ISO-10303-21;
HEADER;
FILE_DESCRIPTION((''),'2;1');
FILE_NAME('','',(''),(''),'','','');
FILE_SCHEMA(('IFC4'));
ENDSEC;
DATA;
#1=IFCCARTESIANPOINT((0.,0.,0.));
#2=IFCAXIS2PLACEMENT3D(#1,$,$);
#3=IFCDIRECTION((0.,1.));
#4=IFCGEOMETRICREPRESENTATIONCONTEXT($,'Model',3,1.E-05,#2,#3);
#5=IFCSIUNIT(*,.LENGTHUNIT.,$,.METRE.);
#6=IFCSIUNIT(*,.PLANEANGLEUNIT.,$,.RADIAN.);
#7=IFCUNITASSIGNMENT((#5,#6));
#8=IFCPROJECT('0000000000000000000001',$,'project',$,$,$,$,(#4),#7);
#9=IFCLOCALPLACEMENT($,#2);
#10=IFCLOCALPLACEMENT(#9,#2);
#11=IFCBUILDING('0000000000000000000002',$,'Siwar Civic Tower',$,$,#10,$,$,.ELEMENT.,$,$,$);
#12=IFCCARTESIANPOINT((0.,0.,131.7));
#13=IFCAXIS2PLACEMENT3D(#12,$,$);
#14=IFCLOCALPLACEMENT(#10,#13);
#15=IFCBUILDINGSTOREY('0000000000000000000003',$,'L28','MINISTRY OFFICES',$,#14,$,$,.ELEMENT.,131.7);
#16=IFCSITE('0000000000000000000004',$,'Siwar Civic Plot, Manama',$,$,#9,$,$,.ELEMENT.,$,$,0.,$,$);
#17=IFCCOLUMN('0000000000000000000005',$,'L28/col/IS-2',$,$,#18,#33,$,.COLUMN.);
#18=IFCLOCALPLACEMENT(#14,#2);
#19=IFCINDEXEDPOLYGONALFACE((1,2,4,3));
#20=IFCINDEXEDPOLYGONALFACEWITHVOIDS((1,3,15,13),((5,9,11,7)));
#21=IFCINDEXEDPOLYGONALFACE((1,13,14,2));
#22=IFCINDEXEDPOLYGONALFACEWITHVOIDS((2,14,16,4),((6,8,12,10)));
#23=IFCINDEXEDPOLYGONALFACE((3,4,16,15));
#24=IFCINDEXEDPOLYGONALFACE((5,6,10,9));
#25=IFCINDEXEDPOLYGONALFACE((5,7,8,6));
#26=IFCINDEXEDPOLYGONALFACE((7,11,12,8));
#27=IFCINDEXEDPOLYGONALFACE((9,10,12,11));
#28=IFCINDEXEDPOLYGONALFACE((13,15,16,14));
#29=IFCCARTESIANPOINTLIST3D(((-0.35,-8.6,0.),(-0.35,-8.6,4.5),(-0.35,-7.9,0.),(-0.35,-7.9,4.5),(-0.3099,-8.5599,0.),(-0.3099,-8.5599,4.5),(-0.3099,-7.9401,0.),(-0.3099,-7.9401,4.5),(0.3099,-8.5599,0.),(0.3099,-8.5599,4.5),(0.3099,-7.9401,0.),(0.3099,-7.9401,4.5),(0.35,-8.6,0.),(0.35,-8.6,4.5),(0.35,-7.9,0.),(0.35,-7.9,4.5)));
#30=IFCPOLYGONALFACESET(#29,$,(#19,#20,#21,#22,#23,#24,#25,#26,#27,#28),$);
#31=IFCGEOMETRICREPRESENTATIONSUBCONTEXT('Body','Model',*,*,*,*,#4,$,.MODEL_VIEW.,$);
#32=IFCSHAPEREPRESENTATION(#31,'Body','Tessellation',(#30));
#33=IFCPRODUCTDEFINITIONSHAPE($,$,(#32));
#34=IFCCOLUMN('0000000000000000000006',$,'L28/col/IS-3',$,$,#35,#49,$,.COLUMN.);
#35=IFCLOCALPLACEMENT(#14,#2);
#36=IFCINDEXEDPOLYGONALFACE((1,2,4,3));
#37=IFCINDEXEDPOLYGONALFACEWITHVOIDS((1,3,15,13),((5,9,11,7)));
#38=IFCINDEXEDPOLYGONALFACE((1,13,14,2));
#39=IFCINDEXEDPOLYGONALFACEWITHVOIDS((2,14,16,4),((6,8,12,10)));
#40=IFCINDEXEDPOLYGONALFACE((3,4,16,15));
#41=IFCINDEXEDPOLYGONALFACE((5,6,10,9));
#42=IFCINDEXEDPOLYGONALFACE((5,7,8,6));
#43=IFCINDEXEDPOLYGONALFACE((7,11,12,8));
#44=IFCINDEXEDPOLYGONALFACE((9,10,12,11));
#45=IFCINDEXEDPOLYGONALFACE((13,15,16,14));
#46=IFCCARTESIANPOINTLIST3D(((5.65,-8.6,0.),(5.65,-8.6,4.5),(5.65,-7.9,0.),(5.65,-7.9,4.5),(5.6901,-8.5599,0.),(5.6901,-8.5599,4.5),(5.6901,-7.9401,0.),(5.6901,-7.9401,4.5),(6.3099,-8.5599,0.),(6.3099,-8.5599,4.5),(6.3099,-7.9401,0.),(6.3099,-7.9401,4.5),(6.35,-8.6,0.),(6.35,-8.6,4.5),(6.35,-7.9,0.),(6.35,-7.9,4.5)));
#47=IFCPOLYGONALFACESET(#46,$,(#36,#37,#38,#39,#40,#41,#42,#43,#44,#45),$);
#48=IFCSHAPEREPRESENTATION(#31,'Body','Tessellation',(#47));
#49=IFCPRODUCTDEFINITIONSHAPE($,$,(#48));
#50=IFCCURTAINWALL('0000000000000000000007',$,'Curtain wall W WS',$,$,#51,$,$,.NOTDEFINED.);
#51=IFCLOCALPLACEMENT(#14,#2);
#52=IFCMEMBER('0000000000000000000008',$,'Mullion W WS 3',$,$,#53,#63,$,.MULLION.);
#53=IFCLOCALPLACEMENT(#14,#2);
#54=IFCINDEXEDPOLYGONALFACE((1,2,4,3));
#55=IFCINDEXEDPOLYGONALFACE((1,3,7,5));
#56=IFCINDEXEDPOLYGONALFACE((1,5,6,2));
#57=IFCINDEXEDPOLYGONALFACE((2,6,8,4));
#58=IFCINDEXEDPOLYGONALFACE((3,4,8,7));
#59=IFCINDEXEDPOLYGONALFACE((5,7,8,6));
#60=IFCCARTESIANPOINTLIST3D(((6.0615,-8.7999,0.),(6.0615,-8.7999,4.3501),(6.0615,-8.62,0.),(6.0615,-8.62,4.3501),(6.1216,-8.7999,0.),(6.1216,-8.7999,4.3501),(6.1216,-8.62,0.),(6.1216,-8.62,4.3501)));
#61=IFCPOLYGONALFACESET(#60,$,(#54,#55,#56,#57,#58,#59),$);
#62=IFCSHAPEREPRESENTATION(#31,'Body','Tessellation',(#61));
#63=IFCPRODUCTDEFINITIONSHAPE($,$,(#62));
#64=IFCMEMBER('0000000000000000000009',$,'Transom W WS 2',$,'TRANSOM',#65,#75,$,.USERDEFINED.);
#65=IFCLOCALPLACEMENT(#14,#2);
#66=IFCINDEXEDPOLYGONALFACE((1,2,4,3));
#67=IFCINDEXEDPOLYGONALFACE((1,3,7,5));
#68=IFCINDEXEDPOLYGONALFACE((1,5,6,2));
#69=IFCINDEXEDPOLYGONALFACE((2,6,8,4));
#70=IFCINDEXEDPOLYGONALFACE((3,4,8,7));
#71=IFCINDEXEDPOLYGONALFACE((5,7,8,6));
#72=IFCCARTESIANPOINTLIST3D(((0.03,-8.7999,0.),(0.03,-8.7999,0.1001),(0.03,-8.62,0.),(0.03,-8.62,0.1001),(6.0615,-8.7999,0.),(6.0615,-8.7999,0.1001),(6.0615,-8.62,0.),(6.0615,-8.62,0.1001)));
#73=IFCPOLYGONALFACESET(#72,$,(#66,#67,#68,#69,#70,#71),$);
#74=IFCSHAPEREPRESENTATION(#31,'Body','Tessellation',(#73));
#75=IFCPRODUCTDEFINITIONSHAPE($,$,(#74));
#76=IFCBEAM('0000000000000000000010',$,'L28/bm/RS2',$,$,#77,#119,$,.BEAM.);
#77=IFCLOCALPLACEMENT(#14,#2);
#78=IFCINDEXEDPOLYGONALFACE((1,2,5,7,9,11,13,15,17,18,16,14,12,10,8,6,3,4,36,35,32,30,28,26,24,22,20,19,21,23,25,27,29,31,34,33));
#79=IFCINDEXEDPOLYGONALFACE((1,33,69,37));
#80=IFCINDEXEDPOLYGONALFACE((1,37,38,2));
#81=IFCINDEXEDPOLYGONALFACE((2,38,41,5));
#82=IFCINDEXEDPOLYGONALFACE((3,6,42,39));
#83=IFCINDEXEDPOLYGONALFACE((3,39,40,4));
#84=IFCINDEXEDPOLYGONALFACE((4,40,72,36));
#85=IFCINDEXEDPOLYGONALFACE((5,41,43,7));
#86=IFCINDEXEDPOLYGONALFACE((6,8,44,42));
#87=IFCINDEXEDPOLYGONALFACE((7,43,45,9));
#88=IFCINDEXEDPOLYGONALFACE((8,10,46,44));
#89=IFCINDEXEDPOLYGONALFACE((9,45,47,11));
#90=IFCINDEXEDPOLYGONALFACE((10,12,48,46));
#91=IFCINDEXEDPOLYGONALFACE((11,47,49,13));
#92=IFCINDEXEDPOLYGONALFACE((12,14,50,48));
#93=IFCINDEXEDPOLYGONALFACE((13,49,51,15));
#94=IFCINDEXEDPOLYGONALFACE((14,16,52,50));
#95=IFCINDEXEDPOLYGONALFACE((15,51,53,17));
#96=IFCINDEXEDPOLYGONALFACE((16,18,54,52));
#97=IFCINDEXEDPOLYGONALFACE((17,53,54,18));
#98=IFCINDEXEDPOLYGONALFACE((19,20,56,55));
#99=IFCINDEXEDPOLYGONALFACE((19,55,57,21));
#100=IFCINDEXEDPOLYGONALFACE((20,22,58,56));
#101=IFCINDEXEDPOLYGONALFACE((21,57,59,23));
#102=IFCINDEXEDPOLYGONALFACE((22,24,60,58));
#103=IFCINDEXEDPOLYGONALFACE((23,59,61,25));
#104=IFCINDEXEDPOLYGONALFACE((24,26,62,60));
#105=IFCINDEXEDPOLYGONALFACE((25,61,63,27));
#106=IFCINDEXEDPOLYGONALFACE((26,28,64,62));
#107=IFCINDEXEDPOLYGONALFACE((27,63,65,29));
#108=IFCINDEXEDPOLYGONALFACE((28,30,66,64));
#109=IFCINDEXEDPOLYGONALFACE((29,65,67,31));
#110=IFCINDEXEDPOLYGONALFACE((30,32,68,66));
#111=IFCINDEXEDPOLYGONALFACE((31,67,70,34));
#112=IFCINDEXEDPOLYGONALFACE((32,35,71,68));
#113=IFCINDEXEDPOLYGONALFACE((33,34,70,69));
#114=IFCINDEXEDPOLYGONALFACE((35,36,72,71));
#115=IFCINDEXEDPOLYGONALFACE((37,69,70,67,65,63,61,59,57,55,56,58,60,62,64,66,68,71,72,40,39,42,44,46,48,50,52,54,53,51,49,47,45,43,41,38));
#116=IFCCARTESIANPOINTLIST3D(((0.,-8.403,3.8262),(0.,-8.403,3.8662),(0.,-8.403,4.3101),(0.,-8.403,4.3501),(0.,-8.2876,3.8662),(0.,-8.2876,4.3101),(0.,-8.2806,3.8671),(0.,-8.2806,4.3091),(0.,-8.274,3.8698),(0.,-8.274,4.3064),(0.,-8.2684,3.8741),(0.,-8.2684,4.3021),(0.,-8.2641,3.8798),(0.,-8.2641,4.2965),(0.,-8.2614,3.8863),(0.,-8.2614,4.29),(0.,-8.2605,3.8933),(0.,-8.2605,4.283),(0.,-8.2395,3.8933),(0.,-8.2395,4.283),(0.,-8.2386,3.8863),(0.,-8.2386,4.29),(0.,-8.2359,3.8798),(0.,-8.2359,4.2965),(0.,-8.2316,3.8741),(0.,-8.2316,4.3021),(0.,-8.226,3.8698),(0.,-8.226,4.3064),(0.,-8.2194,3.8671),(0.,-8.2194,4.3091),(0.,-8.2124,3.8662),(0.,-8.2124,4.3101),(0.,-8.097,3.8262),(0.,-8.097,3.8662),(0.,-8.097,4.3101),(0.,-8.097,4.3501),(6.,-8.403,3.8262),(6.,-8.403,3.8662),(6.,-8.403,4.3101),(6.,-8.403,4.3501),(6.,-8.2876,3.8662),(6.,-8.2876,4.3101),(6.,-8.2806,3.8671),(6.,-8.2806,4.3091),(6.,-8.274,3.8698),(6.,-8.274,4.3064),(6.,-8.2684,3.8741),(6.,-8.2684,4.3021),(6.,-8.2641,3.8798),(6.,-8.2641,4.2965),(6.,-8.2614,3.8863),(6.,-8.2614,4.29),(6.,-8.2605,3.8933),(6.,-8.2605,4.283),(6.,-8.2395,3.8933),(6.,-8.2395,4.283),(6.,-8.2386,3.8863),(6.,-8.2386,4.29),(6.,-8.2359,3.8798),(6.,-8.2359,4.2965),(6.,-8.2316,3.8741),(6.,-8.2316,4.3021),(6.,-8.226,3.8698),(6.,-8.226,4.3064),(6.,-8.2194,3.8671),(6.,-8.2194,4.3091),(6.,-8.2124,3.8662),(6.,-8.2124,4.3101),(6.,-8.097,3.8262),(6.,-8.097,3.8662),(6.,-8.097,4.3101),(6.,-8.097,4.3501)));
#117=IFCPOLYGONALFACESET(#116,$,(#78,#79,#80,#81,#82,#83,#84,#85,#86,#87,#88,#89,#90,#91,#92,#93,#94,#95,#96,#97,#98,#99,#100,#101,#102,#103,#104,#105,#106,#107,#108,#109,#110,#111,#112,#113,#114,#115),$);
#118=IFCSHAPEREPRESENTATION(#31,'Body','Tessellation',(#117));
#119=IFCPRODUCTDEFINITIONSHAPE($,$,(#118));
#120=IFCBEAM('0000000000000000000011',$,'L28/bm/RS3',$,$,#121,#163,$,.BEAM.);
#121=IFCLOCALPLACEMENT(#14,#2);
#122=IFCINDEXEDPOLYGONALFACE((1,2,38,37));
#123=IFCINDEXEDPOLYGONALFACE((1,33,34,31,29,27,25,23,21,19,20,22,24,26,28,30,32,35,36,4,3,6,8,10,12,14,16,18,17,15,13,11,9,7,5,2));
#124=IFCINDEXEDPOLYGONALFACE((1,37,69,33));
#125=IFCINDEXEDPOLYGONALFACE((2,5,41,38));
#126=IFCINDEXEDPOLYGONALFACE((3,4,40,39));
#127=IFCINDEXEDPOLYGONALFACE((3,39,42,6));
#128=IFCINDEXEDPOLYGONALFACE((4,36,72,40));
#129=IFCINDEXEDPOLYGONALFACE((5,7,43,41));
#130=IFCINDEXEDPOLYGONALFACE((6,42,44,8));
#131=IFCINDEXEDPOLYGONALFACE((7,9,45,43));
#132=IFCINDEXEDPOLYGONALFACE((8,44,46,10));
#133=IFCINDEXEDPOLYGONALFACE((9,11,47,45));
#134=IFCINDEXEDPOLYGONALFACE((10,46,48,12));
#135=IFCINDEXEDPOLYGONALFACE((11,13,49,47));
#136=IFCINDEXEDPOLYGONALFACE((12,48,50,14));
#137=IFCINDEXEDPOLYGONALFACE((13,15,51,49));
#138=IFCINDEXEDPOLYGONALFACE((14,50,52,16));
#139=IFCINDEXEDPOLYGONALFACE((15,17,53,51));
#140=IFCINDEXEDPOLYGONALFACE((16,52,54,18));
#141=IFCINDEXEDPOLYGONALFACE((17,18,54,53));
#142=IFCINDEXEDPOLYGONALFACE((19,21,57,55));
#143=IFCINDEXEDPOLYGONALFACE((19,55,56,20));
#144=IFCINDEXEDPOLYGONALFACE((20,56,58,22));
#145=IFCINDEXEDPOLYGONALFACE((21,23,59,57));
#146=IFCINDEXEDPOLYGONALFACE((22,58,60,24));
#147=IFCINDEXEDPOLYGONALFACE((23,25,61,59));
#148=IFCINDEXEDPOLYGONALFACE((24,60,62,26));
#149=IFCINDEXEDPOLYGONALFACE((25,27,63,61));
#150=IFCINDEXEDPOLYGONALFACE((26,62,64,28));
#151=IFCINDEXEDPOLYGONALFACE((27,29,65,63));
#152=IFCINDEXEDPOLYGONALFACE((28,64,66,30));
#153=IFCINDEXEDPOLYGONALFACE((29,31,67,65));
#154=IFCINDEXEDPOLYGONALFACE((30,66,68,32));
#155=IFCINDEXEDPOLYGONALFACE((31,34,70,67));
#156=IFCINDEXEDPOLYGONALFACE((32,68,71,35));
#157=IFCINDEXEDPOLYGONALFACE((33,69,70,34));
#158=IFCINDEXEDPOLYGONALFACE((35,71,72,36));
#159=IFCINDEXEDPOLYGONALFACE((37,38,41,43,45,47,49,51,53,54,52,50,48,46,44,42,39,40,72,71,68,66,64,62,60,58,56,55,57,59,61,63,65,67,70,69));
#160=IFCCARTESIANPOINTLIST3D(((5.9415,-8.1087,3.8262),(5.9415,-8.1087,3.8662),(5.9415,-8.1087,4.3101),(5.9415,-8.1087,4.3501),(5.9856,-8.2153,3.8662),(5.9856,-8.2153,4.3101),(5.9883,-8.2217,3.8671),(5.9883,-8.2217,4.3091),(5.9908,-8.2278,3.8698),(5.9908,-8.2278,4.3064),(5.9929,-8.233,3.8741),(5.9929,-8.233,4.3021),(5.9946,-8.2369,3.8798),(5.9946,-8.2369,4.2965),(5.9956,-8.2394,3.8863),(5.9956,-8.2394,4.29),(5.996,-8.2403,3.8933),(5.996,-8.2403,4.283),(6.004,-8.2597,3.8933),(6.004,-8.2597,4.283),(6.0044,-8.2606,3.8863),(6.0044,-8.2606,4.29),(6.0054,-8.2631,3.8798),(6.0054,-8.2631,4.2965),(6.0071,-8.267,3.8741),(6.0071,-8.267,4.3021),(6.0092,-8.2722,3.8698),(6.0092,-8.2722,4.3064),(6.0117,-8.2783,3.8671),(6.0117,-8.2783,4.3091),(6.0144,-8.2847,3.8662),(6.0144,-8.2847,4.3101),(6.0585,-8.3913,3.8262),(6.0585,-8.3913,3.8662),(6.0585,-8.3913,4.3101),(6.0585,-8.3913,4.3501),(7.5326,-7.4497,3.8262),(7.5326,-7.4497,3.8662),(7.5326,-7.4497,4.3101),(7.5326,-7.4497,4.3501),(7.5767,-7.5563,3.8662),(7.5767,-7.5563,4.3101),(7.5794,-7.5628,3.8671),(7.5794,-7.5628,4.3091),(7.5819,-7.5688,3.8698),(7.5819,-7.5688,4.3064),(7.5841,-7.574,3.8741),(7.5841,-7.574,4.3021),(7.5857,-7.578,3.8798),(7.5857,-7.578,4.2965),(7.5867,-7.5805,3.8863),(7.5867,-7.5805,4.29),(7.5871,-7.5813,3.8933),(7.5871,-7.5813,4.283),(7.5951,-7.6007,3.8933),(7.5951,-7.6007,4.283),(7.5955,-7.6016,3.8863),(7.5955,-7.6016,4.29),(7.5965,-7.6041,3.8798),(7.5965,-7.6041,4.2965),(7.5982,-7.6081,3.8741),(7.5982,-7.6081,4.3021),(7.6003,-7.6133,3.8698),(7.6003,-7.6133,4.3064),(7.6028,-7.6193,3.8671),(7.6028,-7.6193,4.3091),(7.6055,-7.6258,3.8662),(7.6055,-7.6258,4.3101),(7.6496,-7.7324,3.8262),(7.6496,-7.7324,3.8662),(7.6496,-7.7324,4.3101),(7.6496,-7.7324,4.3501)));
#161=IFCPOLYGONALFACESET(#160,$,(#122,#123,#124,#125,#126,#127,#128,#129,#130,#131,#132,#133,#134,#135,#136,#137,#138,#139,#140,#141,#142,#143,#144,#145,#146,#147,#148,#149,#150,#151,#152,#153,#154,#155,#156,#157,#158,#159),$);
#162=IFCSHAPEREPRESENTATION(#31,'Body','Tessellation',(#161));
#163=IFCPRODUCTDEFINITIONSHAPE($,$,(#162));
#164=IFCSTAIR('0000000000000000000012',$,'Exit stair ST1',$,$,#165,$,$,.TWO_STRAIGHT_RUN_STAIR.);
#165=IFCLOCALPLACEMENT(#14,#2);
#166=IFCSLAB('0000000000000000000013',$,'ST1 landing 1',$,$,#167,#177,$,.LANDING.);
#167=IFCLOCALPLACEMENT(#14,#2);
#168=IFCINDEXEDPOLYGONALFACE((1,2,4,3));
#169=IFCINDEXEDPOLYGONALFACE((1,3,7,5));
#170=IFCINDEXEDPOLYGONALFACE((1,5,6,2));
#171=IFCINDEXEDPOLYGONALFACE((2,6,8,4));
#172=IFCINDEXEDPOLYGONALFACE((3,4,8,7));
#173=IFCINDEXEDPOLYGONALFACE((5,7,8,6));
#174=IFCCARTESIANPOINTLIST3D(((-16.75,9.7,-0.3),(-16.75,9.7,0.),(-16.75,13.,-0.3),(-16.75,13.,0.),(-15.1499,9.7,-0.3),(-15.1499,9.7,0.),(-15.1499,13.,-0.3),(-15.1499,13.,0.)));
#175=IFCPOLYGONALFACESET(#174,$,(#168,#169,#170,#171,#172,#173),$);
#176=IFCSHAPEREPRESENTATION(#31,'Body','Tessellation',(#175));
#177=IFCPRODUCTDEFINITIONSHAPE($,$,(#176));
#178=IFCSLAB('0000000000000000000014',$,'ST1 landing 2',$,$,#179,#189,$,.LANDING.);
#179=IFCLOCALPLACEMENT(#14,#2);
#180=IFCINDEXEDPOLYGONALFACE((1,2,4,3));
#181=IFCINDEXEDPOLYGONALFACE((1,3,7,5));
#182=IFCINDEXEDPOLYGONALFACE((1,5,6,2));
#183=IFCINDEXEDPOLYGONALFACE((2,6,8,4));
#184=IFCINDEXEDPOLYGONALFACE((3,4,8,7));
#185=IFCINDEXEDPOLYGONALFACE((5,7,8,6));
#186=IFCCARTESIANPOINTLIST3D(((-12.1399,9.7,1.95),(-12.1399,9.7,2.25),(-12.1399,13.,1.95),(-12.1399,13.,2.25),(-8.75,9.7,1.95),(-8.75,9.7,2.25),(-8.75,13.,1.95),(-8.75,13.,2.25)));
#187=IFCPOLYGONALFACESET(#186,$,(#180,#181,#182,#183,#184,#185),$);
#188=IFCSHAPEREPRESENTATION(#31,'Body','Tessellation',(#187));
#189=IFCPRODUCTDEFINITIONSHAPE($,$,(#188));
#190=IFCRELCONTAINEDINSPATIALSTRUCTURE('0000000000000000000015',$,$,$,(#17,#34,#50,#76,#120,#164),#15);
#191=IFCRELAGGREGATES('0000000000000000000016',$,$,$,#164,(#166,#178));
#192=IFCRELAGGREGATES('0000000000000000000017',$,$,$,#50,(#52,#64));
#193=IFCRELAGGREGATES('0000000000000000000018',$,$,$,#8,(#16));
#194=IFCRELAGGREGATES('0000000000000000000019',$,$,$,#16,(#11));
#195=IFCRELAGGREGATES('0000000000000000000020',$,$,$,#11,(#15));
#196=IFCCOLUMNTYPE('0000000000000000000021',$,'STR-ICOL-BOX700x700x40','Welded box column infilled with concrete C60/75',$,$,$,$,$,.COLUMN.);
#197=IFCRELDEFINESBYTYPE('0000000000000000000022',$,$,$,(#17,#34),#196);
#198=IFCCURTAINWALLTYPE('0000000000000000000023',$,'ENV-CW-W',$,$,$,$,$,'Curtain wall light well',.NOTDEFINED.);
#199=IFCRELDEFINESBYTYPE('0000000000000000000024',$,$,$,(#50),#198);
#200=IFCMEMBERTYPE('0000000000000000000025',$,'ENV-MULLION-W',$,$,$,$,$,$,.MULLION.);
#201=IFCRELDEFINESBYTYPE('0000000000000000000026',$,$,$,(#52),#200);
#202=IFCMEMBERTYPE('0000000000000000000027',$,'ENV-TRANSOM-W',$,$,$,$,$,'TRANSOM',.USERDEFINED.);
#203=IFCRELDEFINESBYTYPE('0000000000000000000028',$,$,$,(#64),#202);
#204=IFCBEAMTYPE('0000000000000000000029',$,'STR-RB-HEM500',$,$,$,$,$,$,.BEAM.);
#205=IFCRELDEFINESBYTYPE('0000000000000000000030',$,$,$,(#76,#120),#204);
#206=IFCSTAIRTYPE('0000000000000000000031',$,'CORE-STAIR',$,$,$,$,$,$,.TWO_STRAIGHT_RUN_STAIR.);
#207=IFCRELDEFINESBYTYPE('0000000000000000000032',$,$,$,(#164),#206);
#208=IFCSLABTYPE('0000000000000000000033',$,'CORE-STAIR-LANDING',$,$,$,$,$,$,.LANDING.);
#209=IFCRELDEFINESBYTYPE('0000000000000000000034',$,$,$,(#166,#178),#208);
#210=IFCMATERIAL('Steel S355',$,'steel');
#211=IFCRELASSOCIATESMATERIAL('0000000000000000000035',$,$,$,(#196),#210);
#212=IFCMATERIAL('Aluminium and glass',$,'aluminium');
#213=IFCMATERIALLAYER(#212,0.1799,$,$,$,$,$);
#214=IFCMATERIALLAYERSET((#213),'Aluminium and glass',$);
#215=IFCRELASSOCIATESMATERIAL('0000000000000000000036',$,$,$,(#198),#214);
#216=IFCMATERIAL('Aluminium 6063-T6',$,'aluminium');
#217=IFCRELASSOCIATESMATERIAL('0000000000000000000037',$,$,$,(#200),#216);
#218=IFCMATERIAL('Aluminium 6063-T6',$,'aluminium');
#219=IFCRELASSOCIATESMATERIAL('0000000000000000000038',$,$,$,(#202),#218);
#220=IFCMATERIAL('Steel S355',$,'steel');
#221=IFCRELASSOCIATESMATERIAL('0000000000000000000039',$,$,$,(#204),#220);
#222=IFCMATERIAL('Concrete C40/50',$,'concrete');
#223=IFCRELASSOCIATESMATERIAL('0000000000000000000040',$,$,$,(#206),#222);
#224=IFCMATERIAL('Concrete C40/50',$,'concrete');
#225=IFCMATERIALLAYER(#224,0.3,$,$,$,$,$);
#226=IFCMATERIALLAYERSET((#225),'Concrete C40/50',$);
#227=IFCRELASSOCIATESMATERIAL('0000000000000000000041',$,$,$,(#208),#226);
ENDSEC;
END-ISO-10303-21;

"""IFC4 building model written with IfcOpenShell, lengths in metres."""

from ifc_helpers import new_model, si_unit, direction, frame, origin, origin_2d, place, context, subcontext, project, spatial, polyline, rectangle, hollow_rectangle, i_section, outline, extrude, material, layer, layer_set, material_profile, profile_set, type_object, element, aggregate, save


model = new_model("IFC4")

# Units and contexts
model_context = context("Model", 3, precision=1e-05, world=origin(), true_north=direction((0.0, 1.0)))
body_context = subcontext(model_context, "Body", "Model", "MODEL_VIEW")
ifc_project = project(units=[si_unit("LENGTHUNIT", "METRE"), si_unit("PLANEANGLEUNIT", "RADIAN")], contexts=[model_context])

# Site, building, storey
site_placement = place(None, origin())
site = spatial("IfcSite", under=ifc_project, at=site_placement, Name="Siwar Civic Plot, Manama", CompositionType="ELEMENT", RefElevation=0.0)
building_placement = place(site_placement, origin())
building = spatial("IfcBuilding", under=site, at=building_placement, Name="Siwar Civic Tower", CompositionType="ELEMENT")
storey_placement = place(building_placement, frame((0.0, 0.0, 131.7)))
storey = spatial("IfcBuildingStorey", under=building, at=storey_placement, Name="L28", Description="MINISTRY OFFICES", CompositionType="ELEMENT", Elevation=131.7)

# Columns
ifc_material_1 = material(Name="Steel S355", Category="steel")
ifc_material_profile_1 = material_profile(ifc_material_1, hollow_rectangle(XDim=0.7, YDim=0.7, WallThickness=0.04, at=origin_2d()), Name="BOX700x700x40")
ifc_profile_set_1 = profile_set([ifc_material_profile_1], Name="Steel S355")
column_type = type_object("IfcColumnType", Name="STR-ICOL-BOX700x700x40", Description="Welded box column infilled with concrete C60/75", PredefinedType="COLUMN", material=ifc_profile_set_1)
for number, where, z_axis, x_axis, name in (
    (1, (0.0, -8.25, 0.0), (0.0, 0.0, 1.0), (1.0, 0.0, 0.0), "L28/col/IS-2"),
    (2, (6.0, -8.25, 0.0), (0.0, 0.0, 1.0), (1.0, 0.0, 0.0), "L28/col/IS-3"),
):
    element("IfcColumn", number, at=place(storey_placement, frame(where, z_axis=z_axis, x_axis=x_axis)), inside=storey, type_object=column_type, Name=name, PredefinedType="COLUMN", context=body_context, shape_type="SweptSolid", body=[
        extrude(hollow_rectangle(XDim=0.7, YDim=0.7, WallThickness=0.04, at=origin_2d()), origin(), (0.0, 0.0, 1.0), 4.5),
    ])

# Curtain wall, members
ifc_material_2 = material(Name="Aluminium and glass", Category="aluminium")
ifc_layer_1 = layer(ifc_material_2, 0.1799)
ifc_layer_set_1 = layer_set([ifc_layer_1], Name="Aluminium and glass")
curtain_wall_type = type_object("IfcCurtainWallType", Name="ENV-CW-W", ElementType="Curtain wall light well", PredefinedType="NOTDEFINED", material=ifc_layer_set_1)
curtain_wall_placement = place(storey_placement, origin())
curtain_wall = element("IfcCurtainWall", 3, at=curtain_wall_placement, inside=storey, type_object=curtain_wall_type, Name="Curtain wall W WS", PredefinedType="NOTDEFINED")
ifc_material_3 = material(Name="Aluminium 6063-T6", Category="aluminium")
ifc_material_profile_2 = material_profile(ifc_material_3, rectangle(XDim=0.1799, YDim=0.0601, at=origin_2d()), Name="AL 180x60")
ifc_profile_set_2 = profile_set([ifc_material_profile_2], Name="Aluminium 6063-T6")
member_type_1 = type_object("IfcMemberType", Name="ENV-MULLION-W", PredefinedType="MULLION", material=ifc_profile_set_2)
member_1_placement = place(storey_placement, frame((6.0916, -8.71, 0.0), z_axis=(0.0, 0.0, 1.0), x_axis=(0.0, 1.0, 0.0)))
member_1 = element("IfcMember", 4, at=member_1_placement, type_object=member_type_1, Name="Mullion W WS 3", PredefinedType="MULLION", context=body_context, shape_type="SweptSolid", body=[
    extrude(rectangle(XDim=0.1799, YDim=0.0601, at=origin_2d()), origin(), (0.0, 0.0, 1.0), 4.3501),
])
ifc_material_4 = material(Name="Aluminium 6063-T6", Category="aluminium")
ifc_material_profile_3 = material_profile(ifc_material_4, rectangle(XDim=0.1799, YDim=0.1001, at=origin_2d()), Name="AL 180x100")
ifc_profile_set_3 = profile_set([ifc_material_profile_3], Name="Aluminium 6063-T6")
member_type_2 = type_object("IfcMemberType", Name="ENV-TRANSOM-W", ElementType="TRANSOM", PredefinedType="USERDEFINED", material=ifc_profile_set_3)
member_2_placement = place(storey_placement, frame((0.03, -8.71, 0.05), z_axis=(1.0, 0.0, 0.0), x_axis=(0.0, 1.0, 0.0)))
member_2 = element("IfcMember", 5, at=member_2_placement, type_object=member_type_2, Name="Transom W WS 2", ObjectType="TRANSOM", PredefinedType="USERDEFINED", context=body_context, shape_type="SweptSolid", body=[
    extrude(rectangle(XDim=0.1799, YDim=0.1001, at=origin_2d()), origin(), (0.0, 0.0, 1.0), 6.0315),
])

# Beams
ifc_material_5 = material(Name="Steel S355", Category="steel")
ifc_material_profile_4 = material_profile(ifc_material_5, i_section(OverallWidth=0.3059, OverallDepth=0.5239, WebThickness=0.021, FlangeThickness=0.04, FilletRadius=0.0271, at=origin_2d()), Name="HEM500")
ifc_profile_set_4 = profile_set([ifc_material_profile_4], Name="Steel S355")
beam_type = type_object("IfcBeamType", Name="STR-RB-HEM500", PredefinedType="BEAM", material=ifc_profile_set_4)
beam_1_placement = place(storey_placement, frame((0.0, -8.25, 4.0881), z_axis=(1.0, 0.0, 0.0), x_axis=(0.0, 1.0, 0.0)))
element("IfcBeam", 6, at=beam_1_placement, inside=storey, type_object=beam_type, Name="L28/bm/RS2", PredefinedType="BEAM", context=body_context, shape_type="SweptSolid", body=[
    extrude(i_section(OverallWidth=0.3059, OverallDepth=0.5239, WebThickness=0.021, FlangeThickness=0.04, FilletRadius=0.0271, at=origin_2d()), origin(), (0.0, 0.0, 1.0), 6.0),
])
beam_2_placement = place(storey_placement, frame((6.0, -8.25, 4.0881), z_axis=(0.923901, 0.382631, 0.0), x_axis=(-0.382631, 0.923901, 0.0)))
element("IfcBeam", 7, at=beam_2_placement, inside=storey, type_object=beam_type, Name="L28/bm/RS3", PredefinedType="BEAM", context=body_context, shape_type="SweptSolid", body=[
    extrude(i_section(OverallWidth=0.3059, OverallDepth=0.5239, WebThickness=0.021, FlangeThickness=0.04, FilletRadius=0.0271, at=origin_2d()), origin(), (0.0, 0.0, 1.0), 1.7222),
])

# Stair, slabs
ifc_material_6 = material(Name="Concrete C40/50", Category="concrete")
stair_type = type_object("IfcStairType", Name="CORE-STAIR", PredefinedType="TWO_STRAIGHT_RUN_STAIR", material=ifc_material_6)
stair_1_placement = place(storey_placement, origin())
stair_1 = element("IfcStair", 8, at=stair_1_placement, inside=storey, type_object=stair_type, Name="Exit stair ST1", PredefinedType="TWO_STRAIGHT_RUN_STAIR")
ifc_material_7 = material(Name="Concrete C40/50", Category="concrete")
ifc_layer_2 = layer(ifc_material_7, 0.3)
ifc_layer_set_2 = layer_set([ifc_layer_2], Name="Concrete C40/50")
slab_type_1 = type_object("IfcSlabType", Name="CORE-STAIR-LANDING", PredefinedType="LANDING", material=ifc_layer_set_2)
slab_1_placement = place(storey_placement, frame((0.0, 0.0, -0.3)))
slab_1 = element("IfcSlab", 9, at=slab_1_placement, type_object=slab_type_1, Name="ST1 landing 1", PredefinedType="LANDING", context=body_context, shape_type="SweptSolid", body=[
    extrude(outline(polyline([(-15.1499, 13.0), (-16.75, 13.0), (-16.75, 9.7), (-15.1499, 9.7), (-15.1499, 13.0)])), origin(), (0.0, 0.0, 1.0), 0.3),
])
slab_2_placement = place(storey_placement, frame((0.0, 0.0, 1.95)))
slab_2 = element("IfcSlab", 10, at=slab_2_placement, type_object=slab_type_1, Name="ST1 landing 2", PredefinedType="LANDING", context=body_context, shape_type="SweptSolid", body=[
    extrude(outline(polyline([(-8.75, 13.0), (-12.1399, 13.0), (-12.1399, 9.7), (-8.75, 9.7), (-8.75, 13.0)])), origin(), (0.0, 0.0, 1.0), 0.3),
])
aggregate(stair_1, [slab_1, slab_2])

aggregate(curtain_wall, [member_1, member_2])

save(model, "model.ifc")
